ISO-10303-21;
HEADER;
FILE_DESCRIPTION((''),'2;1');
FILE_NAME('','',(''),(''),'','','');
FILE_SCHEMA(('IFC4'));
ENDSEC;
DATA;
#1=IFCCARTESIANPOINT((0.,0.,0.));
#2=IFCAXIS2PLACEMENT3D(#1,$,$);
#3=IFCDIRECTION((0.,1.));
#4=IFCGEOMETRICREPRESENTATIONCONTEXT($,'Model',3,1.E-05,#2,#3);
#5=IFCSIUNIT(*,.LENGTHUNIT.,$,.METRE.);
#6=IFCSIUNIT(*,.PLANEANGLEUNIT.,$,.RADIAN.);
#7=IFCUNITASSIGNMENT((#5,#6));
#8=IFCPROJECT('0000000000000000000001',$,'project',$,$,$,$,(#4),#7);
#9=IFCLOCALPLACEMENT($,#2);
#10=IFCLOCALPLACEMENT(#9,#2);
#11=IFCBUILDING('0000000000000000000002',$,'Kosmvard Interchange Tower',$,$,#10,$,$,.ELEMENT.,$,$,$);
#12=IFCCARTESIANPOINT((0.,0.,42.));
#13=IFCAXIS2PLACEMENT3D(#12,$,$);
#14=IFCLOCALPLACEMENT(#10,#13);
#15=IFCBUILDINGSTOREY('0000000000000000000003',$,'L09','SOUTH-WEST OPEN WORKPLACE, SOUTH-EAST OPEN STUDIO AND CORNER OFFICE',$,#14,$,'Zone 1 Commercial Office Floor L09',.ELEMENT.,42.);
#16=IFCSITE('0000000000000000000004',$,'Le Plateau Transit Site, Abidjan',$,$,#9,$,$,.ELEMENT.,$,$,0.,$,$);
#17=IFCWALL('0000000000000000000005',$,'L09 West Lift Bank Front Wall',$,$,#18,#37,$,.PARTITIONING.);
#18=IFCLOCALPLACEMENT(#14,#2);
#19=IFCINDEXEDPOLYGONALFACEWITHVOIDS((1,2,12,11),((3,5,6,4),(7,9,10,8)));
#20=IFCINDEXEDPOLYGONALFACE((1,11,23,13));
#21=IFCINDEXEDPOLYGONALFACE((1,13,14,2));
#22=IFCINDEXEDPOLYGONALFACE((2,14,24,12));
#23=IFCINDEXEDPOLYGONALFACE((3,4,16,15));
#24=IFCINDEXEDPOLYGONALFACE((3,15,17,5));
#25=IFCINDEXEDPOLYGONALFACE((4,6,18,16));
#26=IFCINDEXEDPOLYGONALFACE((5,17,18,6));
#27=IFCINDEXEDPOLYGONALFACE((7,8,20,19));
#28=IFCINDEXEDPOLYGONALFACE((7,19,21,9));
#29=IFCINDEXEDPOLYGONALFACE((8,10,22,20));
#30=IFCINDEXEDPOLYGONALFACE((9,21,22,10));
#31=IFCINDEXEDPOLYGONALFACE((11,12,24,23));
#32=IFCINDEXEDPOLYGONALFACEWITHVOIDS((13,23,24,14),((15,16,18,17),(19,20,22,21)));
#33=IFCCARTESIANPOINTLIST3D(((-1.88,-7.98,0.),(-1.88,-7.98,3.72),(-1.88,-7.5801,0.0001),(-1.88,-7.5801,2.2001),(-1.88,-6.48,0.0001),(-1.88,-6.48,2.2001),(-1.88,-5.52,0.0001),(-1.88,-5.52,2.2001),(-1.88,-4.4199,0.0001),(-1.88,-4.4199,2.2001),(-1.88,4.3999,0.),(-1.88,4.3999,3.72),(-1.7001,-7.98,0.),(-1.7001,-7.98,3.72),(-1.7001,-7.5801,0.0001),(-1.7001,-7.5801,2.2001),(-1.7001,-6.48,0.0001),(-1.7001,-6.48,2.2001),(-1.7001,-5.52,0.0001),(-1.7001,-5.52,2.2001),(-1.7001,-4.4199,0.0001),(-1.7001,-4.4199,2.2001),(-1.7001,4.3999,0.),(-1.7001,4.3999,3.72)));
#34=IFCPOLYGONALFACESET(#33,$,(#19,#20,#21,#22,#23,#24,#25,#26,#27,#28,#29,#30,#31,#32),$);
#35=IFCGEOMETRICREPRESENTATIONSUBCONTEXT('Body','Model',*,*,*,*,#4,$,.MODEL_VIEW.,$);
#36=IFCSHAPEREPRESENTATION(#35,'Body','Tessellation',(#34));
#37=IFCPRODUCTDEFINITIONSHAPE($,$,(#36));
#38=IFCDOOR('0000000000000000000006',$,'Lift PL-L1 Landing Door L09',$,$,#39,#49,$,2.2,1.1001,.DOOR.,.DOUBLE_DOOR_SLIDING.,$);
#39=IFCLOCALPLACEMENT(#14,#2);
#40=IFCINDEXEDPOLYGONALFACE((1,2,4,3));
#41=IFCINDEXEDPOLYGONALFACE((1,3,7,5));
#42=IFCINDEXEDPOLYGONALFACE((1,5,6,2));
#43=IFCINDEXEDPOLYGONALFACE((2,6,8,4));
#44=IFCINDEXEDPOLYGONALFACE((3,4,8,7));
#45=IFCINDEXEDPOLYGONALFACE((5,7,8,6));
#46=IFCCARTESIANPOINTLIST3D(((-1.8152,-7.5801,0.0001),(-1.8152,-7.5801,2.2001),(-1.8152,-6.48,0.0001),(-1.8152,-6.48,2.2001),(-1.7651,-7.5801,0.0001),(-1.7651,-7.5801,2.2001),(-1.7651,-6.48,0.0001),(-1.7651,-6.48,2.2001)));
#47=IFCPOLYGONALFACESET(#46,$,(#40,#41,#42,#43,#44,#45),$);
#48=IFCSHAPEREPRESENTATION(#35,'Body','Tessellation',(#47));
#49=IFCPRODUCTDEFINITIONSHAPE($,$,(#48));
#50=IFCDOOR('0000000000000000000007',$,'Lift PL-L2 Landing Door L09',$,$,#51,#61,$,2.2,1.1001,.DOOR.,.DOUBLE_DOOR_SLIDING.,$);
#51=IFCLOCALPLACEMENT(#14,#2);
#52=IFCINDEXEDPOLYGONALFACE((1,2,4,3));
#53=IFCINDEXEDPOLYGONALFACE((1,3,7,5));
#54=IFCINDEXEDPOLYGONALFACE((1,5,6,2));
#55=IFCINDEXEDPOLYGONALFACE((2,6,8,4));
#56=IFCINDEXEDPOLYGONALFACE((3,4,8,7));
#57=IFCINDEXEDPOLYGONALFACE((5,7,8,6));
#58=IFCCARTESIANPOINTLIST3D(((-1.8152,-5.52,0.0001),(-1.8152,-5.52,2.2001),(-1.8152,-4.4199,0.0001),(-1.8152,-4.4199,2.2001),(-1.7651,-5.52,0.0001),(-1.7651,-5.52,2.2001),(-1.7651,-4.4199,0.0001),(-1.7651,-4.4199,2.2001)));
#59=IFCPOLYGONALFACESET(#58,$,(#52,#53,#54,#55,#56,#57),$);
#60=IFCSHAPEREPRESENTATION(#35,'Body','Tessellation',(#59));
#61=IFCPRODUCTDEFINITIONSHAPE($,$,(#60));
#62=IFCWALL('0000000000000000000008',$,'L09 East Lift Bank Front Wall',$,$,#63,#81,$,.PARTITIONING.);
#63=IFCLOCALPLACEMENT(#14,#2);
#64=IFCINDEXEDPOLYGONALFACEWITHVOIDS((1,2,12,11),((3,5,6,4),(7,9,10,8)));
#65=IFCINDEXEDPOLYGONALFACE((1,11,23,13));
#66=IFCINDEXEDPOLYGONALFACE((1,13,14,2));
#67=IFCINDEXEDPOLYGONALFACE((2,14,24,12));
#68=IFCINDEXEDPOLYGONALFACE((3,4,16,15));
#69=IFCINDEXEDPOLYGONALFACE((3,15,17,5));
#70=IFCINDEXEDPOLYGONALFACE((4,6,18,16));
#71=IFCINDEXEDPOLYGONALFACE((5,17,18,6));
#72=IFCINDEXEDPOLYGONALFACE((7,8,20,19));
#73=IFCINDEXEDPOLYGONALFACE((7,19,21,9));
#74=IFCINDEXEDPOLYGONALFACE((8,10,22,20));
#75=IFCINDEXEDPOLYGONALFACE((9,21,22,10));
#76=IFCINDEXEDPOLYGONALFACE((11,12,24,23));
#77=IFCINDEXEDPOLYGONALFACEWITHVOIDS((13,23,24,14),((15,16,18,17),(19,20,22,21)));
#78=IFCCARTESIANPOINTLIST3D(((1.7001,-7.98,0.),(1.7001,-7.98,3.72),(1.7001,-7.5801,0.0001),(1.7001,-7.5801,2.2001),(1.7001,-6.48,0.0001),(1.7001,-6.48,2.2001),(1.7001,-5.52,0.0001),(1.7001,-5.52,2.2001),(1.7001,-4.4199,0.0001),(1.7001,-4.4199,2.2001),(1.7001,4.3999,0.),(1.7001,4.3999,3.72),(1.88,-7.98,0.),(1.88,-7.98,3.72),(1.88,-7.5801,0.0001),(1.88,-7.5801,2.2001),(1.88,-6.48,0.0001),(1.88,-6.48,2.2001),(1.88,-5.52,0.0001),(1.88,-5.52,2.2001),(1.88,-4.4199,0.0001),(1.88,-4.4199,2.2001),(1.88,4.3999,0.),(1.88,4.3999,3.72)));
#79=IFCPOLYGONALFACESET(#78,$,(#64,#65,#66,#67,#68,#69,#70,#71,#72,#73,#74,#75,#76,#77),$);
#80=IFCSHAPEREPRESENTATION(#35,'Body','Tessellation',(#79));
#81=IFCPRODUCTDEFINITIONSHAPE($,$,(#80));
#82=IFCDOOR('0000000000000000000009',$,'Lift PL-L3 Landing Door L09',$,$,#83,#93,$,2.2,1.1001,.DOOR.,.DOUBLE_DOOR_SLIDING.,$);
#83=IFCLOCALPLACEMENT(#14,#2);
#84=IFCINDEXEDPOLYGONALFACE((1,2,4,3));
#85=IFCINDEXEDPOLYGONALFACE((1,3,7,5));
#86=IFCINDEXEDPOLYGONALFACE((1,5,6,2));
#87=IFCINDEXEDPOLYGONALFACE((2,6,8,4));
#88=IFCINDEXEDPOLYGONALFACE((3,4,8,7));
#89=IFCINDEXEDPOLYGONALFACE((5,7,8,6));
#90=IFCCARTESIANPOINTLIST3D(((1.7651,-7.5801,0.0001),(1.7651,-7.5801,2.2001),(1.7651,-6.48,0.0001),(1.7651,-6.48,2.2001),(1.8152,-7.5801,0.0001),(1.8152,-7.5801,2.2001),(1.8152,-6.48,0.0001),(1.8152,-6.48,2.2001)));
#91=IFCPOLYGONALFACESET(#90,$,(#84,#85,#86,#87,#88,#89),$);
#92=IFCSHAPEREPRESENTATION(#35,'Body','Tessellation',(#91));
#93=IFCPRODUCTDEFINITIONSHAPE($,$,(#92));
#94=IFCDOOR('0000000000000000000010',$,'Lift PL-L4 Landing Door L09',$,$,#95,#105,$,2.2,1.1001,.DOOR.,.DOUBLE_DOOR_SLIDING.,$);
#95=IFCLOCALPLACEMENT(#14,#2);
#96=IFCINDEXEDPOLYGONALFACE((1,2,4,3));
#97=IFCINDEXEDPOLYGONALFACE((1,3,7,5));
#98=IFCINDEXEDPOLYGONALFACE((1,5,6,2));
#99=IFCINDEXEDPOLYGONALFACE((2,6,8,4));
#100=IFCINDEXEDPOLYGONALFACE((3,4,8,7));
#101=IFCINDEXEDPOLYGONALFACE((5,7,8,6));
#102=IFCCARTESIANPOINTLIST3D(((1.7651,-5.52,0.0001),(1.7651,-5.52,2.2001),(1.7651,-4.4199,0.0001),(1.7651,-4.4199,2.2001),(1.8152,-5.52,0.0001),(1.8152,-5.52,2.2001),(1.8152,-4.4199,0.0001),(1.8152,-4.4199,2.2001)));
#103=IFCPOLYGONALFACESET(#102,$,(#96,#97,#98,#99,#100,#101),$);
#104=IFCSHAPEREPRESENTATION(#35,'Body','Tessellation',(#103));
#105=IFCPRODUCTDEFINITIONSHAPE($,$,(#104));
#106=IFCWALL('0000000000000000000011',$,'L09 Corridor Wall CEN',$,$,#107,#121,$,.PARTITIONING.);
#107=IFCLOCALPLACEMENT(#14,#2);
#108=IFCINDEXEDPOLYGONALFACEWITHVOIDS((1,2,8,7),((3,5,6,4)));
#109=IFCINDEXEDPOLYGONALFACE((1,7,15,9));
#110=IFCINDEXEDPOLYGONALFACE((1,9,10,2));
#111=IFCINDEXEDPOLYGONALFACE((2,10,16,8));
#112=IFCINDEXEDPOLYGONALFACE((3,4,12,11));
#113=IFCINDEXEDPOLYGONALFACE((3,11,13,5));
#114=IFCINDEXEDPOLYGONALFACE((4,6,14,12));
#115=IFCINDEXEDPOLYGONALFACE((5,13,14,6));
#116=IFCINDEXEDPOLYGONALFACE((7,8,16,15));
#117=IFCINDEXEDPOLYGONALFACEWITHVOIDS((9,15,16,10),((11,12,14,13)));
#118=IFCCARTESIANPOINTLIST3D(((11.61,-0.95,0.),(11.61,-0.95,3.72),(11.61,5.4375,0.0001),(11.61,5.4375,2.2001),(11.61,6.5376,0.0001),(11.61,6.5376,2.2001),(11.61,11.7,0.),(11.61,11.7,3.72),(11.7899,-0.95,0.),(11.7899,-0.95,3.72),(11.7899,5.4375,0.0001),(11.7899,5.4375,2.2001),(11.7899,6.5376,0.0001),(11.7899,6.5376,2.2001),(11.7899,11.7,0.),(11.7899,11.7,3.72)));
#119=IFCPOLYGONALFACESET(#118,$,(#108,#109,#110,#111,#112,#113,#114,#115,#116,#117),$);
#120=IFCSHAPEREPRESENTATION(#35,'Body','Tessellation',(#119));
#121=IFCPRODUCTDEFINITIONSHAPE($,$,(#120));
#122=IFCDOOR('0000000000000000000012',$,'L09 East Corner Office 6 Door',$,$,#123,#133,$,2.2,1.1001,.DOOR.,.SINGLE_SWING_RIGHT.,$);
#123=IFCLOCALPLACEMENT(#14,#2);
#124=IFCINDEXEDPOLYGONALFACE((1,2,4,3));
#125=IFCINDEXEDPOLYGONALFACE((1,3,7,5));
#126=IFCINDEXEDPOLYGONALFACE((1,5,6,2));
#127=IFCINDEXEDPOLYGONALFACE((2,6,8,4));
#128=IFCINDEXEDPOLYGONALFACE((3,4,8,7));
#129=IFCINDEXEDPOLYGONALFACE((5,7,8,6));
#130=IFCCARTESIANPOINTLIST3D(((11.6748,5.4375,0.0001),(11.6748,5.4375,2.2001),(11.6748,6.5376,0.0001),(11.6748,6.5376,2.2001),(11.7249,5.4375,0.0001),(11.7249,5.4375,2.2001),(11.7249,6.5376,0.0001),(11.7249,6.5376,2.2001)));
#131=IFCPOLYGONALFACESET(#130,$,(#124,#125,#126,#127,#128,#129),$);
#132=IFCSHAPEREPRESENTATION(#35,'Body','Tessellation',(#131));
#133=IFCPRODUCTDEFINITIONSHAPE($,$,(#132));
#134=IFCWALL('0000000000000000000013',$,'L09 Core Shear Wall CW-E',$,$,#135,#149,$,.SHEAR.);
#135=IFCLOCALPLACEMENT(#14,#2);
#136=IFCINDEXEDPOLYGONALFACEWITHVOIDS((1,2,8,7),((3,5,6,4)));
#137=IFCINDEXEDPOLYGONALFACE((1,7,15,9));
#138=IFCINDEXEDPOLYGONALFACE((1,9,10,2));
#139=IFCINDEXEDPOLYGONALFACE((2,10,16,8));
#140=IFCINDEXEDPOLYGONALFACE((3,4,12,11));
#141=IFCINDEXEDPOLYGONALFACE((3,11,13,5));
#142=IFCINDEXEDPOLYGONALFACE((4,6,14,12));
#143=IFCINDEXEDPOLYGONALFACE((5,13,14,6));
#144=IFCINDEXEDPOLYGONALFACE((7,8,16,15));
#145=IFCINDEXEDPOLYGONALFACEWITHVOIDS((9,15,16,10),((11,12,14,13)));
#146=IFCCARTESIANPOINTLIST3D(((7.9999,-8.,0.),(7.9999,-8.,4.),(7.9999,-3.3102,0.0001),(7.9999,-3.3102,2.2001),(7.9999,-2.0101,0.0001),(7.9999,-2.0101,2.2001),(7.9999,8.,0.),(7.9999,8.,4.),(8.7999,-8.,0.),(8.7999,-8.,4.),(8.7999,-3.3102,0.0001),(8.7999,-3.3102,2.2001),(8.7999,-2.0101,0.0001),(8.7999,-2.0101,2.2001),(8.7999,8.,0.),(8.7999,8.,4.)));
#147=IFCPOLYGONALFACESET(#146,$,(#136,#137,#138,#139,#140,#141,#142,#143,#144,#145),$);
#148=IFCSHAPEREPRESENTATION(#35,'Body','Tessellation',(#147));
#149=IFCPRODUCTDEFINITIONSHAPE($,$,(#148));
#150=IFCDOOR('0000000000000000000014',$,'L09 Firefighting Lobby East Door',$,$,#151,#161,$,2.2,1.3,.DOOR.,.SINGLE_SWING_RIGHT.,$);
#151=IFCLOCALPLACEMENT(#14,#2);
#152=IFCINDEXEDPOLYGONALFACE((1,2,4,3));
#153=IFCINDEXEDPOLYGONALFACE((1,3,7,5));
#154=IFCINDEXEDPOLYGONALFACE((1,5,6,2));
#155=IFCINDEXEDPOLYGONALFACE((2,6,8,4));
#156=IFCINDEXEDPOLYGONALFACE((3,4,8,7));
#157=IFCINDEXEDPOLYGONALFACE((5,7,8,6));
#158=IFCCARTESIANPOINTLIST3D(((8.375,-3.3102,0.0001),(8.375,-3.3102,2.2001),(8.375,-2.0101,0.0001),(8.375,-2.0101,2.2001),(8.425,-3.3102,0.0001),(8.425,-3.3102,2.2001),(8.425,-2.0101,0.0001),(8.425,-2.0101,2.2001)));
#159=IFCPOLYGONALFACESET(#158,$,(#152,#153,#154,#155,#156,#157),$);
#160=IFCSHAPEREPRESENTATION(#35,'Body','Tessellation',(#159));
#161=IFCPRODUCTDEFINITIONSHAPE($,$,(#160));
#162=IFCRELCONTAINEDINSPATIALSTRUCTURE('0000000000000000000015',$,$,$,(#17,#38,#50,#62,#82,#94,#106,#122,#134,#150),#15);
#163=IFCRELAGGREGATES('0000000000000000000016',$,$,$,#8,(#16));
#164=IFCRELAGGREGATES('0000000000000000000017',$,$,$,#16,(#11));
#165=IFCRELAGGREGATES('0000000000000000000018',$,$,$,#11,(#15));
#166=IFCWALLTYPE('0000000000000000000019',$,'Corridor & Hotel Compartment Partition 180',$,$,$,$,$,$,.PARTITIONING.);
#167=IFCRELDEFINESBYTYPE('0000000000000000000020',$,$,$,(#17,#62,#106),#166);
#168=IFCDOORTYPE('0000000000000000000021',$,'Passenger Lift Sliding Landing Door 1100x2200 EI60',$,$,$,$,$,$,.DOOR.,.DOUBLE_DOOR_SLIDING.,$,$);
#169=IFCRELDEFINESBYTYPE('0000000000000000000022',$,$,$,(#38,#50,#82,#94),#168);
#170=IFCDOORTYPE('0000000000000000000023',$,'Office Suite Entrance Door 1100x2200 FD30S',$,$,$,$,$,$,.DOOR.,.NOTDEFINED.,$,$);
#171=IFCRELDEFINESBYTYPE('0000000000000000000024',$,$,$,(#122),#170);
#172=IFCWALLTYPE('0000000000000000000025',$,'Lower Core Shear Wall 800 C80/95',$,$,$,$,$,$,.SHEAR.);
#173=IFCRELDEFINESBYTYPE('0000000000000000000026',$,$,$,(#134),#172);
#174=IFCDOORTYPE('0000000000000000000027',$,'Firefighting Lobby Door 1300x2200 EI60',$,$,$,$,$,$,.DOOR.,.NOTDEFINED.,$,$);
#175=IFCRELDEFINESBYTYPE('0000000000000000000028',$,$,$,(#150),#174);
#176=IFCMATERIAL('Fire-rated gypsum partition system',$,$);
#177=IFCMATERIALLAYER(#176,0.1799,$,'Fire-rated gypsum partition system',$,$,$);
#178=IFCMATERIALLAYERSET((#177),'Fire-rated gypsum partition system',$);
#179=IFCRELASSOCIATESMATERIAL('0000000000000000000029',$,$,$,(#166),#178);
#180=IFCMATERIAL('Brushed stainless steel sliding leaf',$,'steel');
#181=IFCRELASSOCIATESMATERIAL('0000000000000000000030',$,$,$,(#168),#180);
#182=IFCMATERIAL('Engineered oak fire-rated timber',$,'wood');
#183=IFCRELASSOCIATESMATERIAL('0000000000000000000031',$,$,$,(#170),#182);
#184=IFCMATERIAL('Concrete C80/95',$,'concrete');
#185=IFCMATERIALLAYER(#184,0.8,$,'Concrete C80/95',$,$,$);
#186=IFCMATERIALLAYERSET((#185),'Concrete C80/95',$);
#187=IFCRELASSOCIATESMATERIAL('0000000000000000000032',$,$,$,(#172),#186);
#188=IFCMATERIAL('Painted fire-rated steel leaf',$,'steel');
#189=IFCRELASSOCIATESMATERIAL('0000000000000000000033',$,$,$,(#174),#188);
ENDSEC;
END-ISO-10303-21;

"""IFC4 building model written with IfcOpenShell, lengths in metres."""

from ifc_helpers import new_model, si_unit, direction, frame, frame_2d, origin, place, context, subcontext, project, spatial, rectangle, extrude, source, transform, mapped, material, layer, layer_set, type_object, element, fill, save


model = new_model("IFC4")

# Units and contexts
model_context = context("Model", 3, precision=1e-05, world=origin(), true_north=direction((0.0, 1.0)))
body_context = subcontext(model_context, "Body", "Model", "MODEL_VIEW")
ifc_project = project(units=[si_unit("LENGTHUNIT", "METRE"), si_unit("PLANEANGLEUNIT", "RADIAN")], contexts=[model_context])

# Site, building, storey
site_placement = place(None, origin())
site = spatial("IfcSite", under=ifc_project, at=site_placement, Name="Le Plateau Transit Site, Abidjan", CompositionType="ELEMENT", RefElevation=0.0)
building_placement = place(site_placement, origin())
building = spatial("IfcBuilding", under=site, at=building_placement, Name="Kosmvard Interchange Tower", CompositionType="ELEMENT")
storey_placement = place(building_placement, frame((0.0, 0.0, 42.0)))
storey = spatial("IfcBuildingStorey", under=building, at=storey_placement, Name="L09", Description="SOUTH-WEST OPEN WORKPLACE, SOUTH-EAST OPEN STUDIO AND CORNER OFFICE", LongName="Zone 1 Commercial Office Floor L09", CompositionType="ELEMENT", Elevation=42.0)

# Walls, openings, doors
ifc_material_1 = material(Name="Fire-rated gypsum partition system")
ifc_layer_1 = layer(ifc_material_1, 0.1799, Name="Fire-rated gypsum partition system")
ifc_layer_set_1 = layer_set([ifc_layer_1], Name="Fire-rated gypsum partition system")
wall_type_1 = type_object("IfcWallType", Name="Corridor & Hotel Compartment Partition 180", PredefinedType="PARTITIONING", material=ifc_layer_set_1)
wall_1_placement = place(storey_placement, frame((-1.79, -7.98, 0.0), z_axis=(0.0, 0.0, 1.0), x_axis=(0.0, 1.0, 0.0)))
wall_1 = element("IfcWall", 1, at=wall_1_placement, inside=storey, type_object=wall_type_1, Name="L09 West Lift Bank Front Wall", PredefinedType="PARTITIONING", context=body_context, shape_type="SweptSolid", body=[
    extrude(rectangle(XDim=12.3799, YDim=0.1799, at=frame_2d((6.1899, 0.0))), origin(), (0.0, 0.0, 1.0), 3.72),
])
opening_1_placement = place(wall_1_placement, frame((0.3999, 0.0, 0.0)))
opening_1 = element("IfcOpeningElement", 2, at=opening_1_placement, cuts=wall_1, PredefinedType="OPENING", context=body_context, shape_type="SweptSolid", body=[
    extrude(rectangle(XDim=1.1001, YDim=2.2, at=frame_2d((0.55, 1.1001))), frame((0.0, 0.1001, 0.0), z_axis=(0.0, -1.0, 0.0), x_axis=(1.0, 0.0, 0.0)), (0.0, 0.0, 1.0), 0.2),
])
opening_2_placement = place(wall_1_placement, frame((2.46, 0.0, 0.0)))
opening_2 = element("IfcOpeningElement", 3, at=opening_2_placement, cuts=wall_1, PredefinedType="OPENING", context=body_context, shape_type="SweptSolid", body=[
    extrude(rectangle(XDim=1.1001, YDim=2.2, at=frame_2d((0.55, 1.1001))), frame((0.0, 0.1001, 0.0), z_axis=(0.0, -1.0, 0.0), x_axis=(1.0, 0.0, 0.0)), (0.0, 0.0, 1.0), 0.2),
])
ifc_material_2 = material(Name="Brushed stainless steel sliding leaf", Category="steel")
door_type_1 = type_object("IfcDoorType", Name="Passenger Lift Sliding Landing Door 1100x2200 EI60", OperationType="DOUBLE_DOOR_SLIDING", PredefinedType="DOOR", material=ifc_material_2)
shared_shape_1 = source(origin(), body_context, "Body", "SweptSolid", [
    extrude(rectangle(XDim=1.1001, YDim=2.2, at=frame_2d((0.55, 1.1001))), frame((0.0, 0.0249, 0.0), z_axis=(0.0, -1.0, 0.0), x_axis=(1.0, 0.0, 0.0)), (0.0, 0.0, 1.0), 0.05),
])
door_1_placement = place(opening_1_placement, frame((1.1001, 0.0, 0.0), z_axis=(0.0, 0.0, 1.0), x_axis=(-1.0, 0.0, 0.0)))
door_1 = element("IfcDoor", 4, at=door_1_placement, inside=storey, type_object=door_type_1, Name="Lift PL-L1 Landing Door L09", OperationType="DOUBLE_DOOR_SLIDING", OverallHeight=2.2, OverallWidth=1.1001, PredefinedType="DOOR", context=body_context, shape_type="MappedRepresentation", body=[
    mapped(shared_shape_1, transform((0.0, 0.0, 0.0), scale=1.0)),
])
fill(opening_1, door_1)
door_2_placement = place(opening_2_placement, frame((1.1001, 0.0, 0.0), z_axis=(0.0, 0.0, 1.0), x_axis=(-1.0, 0.0, 0.0)))
door_2 = element("IfcDoor", 5, at=door_2_placement, inside=storey, type_object=door_type_1, Name="Lift PL-L2 Landing Door L09", OperationType="DOUBLE_DOOR_SLIDING", OverallHeight=2.2, OverallWidth=1.1001, PredefinedType="DOOR", context=body_context, shape_type="MappedRepresentation", body=[
    mapped(shared_shape_1, transform((0.0, 0.0, 0.0), scale=1.0)),
])
fill(opening_2, door_2)
wall_2_placement = place(storey_placement, frame((1.79, -7.98, 0.0), z_axis=(0.0, 0.0, 1.0), x_axis=(0.0, 1.0, 0.0)))
wall_2 = element("IfcWall", 6, at=wall_2_placement, inside=storey, type_object=wall_type_1, Name="L09 East Lift Bank Front Wall", PredefinedType="PARTITIONING", context=body_context, shape_type="SweptSolid", body=[
    extrude(rectangle(XDim=12.3799, YDim=0.1799, at=frame_2d((6.1899, 0.0))), origin(), (0.0, 0.0, 1.0), 3.72),
])
opening_3_placement = place(wall_2_placement, frame((0.3999, 0.0, 0.0)))
opening_3 = element("IfcOpeningElement", 7, at=opening_3_placement, cuts=wall_2, PredefinedType="OPENING", context=body_context, shape_type="SweptSolid", body=[
    extrude(rectangle(XDim=1.1001, YDim=2.2, at=frame_2d((0.55, 1.1001))), frame((0.0, 0.1001, 0.0), z_axis=(0.0, -1.0, 0.0), x_axis=(1.0, 0.0, 0.0)), (0.0, 0.0, 1.0), 0.2),
])
opening_4_placement = place(wall_2_placement, frame((2.46, 0.0, 0.0)))
opening_4 = element("IfcOpeningElement", 8, at=opening_4_placement, cuts=wall_2, PredefinedType="OPENING", context=body_context, shape_type="SweptSolid", body=[
    extrude(rectangle(XDim=1.1001, YDim=2.2, at=frame_2d((0.55, 1.1001))), frame((0.0, 0.1001, 0.0), z_axis=(0.0, -1.0, 0.0), x_axis=(1.0, 0.0, 0.0)), (0.0, 0.0, 1.0), 0.2),
])
door_3_placement = place(opening_3_placement, origin())
door_3 = element("IfcDoor", 9, at=door_3_placement, inside=storey, type_object=door_type_1, Name="Lift PL-L3 Landing Door L09", OperationType="DOUBLE_DOOR_SLIDING", OverallHeight=2.2, OverallWidth=1.1001, PredefinedType="DOOR", context=body_context, shape_type="MappedRepresentation", body=[
    mapped(shared_shape_1, transform((0.0, 0.0, 0.0), scale=1.0)),
])
fill(opening_3, door_3)
door_4_placement = place(opening_4_placement, origin())
door_4 = element("IfcDoor", 10, at=door_4_placement, inside=storey, type_object=door_type_1, Name="Lift PL-L4 Landing Door L09", OperationType="DOUBLE_DOOR_SLIDING", OverallHeight=2.2, OverallWidth=1.1001, PredefinedType="DOOR", context=body_context, shape_type="MappedRepresentation", body=[
    mapped(shared_shape_1, transform((0.0, 0.0, 0.0), scale=1.0)),
])
fill(opening_4, door_4)

# Walls, openings, doors
wall_3_placement = place(storey_placement, frame((11.7, -0.95, 0.0), z_axis=(0.0, 0.0, 1.0), x_axis=(0.0, 1.0, 0.0)))
wall_3 = element("IfcWall", 11, at=wall_3_placement, inside=storey, type_object=wall_type_1, Name="L09 Corridor Wall CEN", PredefinedType="PARTITIONING", context=body_context, shape_type="SweptSolid", body=[
    extrude(rectangle(XDim=12.6499, YDim=0.1799, at=frame_2d((6.325, 0.0))), origin(), (0.0, 0.0, 1.0), 3.72),
])
opening_5_placement = place(wall_3_placement, frame((6.3875, 0.0, 0.0)))
opening_5 = element("IfcOpeningElement", 12, at=opening_5_placement, cuts=wall_3, PredefinedType="OPENING", context=body_context, shape_type="SweptSolid", body=[
    extrude(rectangle(XDim=1.1001, YDim=2.2, at=frame_2d((0.55, 1.1001))), frame((0.0, 0.1001, 0.0), z_axis=(0.0, -1.0, 0.0), x_axis=(1.0, 0.0, 0.0)), (0.0, 0.0, 1.0), 0.2),
])
ifc_material_3 = material(Name="Engineered oak fire-rated timber", Category="wood")
door_type_2 = type_object("IfcDoorType", Name="Office Suite Entrance Door 1100x2200 FD30S", OperationType="NOTDEFINED", PredefinedType="DOOR", material=ifc_material_3)
door_5_placement = place(opening_5_placement, frame((1.1001, 0.0, 0.0), z_axis=(0.0, 0.0, 1.0), x_axis=(-1.0, 0.0, 0.0)))
door_5 = element("IfcDoor", 13, at=door_5_placement, inside=storey, type_object=door_type_2, Name="L09 East Corner Office 6 Door", OperationType="SINGLE_SWING_RIGHT", OverallHeight=2.2, OverallWidth=1.1001, PredefinedType="DOOR", context=body_context, shape_type="MappedRepresentation", body=[
    mapped(shared_shape_1, transform((0.0, 0.0, 0.0), scale=1.0)),
])
fill(opening_5, door_5)
ifc_material_4 = material(Name="Concrete C80/95", Category="concrete")
ifc_layer_2 = layer(ifc_material_4, 0.8, Name="Concrete C80/95")
ifc_layer_set_2 = layer_set([ifc_layer_2], Name="Concrete C80/95")
wall_type_2 = type_object("IfcWallType", Name="Lower Core Shear Wall 800 C80/95", PredefinedType="SHEAR", material=ifc_layer_set_2)
wall_4_placement = place(storey_placement, frame((8.3999, -8.0, 0.0), z_axis=(0.0, 0.0, 1.0), x_axis=(0.0, 1.0, 0.0)))
wall_4 = element("IfcWall", 14, at=wall_4_placement, inside=storey, type_object=wall_type_2, Name="L09 Core Shear Wall CW-E", PredefinedType="SHEAR", context=body_context, shape_type="SweptSolid", body=[
    extrude(rectangle(XDim=16.0, YDim=0.8, at=frame_2d((8.0, 0.0))), origin(), (0.0, 0.0, 1.0), 4.0),
])
opening_6_placement = place(wall_4_placement, frame((4.6899, 0.0, 0.0)))
opening_6 = element("IfcOpeningElement", 15, at=opening_6_placement, cuts=wall_4, PredefinedType="OPENING", context=body_context, shape_type="SweptSolid", body=[
    extrude(rectangle(XDim=1.3, YDim=2.2, at=frame_2d((0.6499, 1.1001))), frame((0.0, 0.4102, 0.0), z_axis=(0.0, -1.0, 0.0), x_axis=(1.0, 0.0, 0.0)), (0.0, 0.0, 1.0), 0.8201),
])
ifc_material_5 = material(Name="Painted fire-rated steel leaf", Category="steel")
door_type_3 = type_object("IfcDoorType", Name="Firefighting Lobby Door 1300x2200 EI60", OperationType="NOTDEFINED", PredefinedType="DOOR", material=ifc_material_5)
shared_shape_2 = source(origin(), body_context, "Body", "SweptSolid", [
    extrude(rectangle(XDim=1.3, YDim=2.2, at=frame_2d((0.6499, 1.1001))), frame((0.0, 0.0249, 0.0), z_axis=(0.0, -1.0, 0.0), x_axis=(1.0, 0.0, 0.0)), (0.0, 0.0, 1.0), 0.05),
])
door_6_placement = place(opening_6_placement, origin())
door_6 = element("IfcDoor", 16, at=door_6_placement, inside=storey, type_object=door_type_3, Name="L09 Firefighting Lobby East Door", OperationType="SINGLE_SWING_RIGHT", OverallHeight=2.2, OverallWidth=1.3, PredefinedType="DOOR", context=body_context, shape_type="MappedRepresentation", body=[
    mapped(shared_shape_2, transform((0.0, 0.0, 0.0), scale=1.0)),
])
fill(opening_6, door_6)

save(model, "model.ifc")
